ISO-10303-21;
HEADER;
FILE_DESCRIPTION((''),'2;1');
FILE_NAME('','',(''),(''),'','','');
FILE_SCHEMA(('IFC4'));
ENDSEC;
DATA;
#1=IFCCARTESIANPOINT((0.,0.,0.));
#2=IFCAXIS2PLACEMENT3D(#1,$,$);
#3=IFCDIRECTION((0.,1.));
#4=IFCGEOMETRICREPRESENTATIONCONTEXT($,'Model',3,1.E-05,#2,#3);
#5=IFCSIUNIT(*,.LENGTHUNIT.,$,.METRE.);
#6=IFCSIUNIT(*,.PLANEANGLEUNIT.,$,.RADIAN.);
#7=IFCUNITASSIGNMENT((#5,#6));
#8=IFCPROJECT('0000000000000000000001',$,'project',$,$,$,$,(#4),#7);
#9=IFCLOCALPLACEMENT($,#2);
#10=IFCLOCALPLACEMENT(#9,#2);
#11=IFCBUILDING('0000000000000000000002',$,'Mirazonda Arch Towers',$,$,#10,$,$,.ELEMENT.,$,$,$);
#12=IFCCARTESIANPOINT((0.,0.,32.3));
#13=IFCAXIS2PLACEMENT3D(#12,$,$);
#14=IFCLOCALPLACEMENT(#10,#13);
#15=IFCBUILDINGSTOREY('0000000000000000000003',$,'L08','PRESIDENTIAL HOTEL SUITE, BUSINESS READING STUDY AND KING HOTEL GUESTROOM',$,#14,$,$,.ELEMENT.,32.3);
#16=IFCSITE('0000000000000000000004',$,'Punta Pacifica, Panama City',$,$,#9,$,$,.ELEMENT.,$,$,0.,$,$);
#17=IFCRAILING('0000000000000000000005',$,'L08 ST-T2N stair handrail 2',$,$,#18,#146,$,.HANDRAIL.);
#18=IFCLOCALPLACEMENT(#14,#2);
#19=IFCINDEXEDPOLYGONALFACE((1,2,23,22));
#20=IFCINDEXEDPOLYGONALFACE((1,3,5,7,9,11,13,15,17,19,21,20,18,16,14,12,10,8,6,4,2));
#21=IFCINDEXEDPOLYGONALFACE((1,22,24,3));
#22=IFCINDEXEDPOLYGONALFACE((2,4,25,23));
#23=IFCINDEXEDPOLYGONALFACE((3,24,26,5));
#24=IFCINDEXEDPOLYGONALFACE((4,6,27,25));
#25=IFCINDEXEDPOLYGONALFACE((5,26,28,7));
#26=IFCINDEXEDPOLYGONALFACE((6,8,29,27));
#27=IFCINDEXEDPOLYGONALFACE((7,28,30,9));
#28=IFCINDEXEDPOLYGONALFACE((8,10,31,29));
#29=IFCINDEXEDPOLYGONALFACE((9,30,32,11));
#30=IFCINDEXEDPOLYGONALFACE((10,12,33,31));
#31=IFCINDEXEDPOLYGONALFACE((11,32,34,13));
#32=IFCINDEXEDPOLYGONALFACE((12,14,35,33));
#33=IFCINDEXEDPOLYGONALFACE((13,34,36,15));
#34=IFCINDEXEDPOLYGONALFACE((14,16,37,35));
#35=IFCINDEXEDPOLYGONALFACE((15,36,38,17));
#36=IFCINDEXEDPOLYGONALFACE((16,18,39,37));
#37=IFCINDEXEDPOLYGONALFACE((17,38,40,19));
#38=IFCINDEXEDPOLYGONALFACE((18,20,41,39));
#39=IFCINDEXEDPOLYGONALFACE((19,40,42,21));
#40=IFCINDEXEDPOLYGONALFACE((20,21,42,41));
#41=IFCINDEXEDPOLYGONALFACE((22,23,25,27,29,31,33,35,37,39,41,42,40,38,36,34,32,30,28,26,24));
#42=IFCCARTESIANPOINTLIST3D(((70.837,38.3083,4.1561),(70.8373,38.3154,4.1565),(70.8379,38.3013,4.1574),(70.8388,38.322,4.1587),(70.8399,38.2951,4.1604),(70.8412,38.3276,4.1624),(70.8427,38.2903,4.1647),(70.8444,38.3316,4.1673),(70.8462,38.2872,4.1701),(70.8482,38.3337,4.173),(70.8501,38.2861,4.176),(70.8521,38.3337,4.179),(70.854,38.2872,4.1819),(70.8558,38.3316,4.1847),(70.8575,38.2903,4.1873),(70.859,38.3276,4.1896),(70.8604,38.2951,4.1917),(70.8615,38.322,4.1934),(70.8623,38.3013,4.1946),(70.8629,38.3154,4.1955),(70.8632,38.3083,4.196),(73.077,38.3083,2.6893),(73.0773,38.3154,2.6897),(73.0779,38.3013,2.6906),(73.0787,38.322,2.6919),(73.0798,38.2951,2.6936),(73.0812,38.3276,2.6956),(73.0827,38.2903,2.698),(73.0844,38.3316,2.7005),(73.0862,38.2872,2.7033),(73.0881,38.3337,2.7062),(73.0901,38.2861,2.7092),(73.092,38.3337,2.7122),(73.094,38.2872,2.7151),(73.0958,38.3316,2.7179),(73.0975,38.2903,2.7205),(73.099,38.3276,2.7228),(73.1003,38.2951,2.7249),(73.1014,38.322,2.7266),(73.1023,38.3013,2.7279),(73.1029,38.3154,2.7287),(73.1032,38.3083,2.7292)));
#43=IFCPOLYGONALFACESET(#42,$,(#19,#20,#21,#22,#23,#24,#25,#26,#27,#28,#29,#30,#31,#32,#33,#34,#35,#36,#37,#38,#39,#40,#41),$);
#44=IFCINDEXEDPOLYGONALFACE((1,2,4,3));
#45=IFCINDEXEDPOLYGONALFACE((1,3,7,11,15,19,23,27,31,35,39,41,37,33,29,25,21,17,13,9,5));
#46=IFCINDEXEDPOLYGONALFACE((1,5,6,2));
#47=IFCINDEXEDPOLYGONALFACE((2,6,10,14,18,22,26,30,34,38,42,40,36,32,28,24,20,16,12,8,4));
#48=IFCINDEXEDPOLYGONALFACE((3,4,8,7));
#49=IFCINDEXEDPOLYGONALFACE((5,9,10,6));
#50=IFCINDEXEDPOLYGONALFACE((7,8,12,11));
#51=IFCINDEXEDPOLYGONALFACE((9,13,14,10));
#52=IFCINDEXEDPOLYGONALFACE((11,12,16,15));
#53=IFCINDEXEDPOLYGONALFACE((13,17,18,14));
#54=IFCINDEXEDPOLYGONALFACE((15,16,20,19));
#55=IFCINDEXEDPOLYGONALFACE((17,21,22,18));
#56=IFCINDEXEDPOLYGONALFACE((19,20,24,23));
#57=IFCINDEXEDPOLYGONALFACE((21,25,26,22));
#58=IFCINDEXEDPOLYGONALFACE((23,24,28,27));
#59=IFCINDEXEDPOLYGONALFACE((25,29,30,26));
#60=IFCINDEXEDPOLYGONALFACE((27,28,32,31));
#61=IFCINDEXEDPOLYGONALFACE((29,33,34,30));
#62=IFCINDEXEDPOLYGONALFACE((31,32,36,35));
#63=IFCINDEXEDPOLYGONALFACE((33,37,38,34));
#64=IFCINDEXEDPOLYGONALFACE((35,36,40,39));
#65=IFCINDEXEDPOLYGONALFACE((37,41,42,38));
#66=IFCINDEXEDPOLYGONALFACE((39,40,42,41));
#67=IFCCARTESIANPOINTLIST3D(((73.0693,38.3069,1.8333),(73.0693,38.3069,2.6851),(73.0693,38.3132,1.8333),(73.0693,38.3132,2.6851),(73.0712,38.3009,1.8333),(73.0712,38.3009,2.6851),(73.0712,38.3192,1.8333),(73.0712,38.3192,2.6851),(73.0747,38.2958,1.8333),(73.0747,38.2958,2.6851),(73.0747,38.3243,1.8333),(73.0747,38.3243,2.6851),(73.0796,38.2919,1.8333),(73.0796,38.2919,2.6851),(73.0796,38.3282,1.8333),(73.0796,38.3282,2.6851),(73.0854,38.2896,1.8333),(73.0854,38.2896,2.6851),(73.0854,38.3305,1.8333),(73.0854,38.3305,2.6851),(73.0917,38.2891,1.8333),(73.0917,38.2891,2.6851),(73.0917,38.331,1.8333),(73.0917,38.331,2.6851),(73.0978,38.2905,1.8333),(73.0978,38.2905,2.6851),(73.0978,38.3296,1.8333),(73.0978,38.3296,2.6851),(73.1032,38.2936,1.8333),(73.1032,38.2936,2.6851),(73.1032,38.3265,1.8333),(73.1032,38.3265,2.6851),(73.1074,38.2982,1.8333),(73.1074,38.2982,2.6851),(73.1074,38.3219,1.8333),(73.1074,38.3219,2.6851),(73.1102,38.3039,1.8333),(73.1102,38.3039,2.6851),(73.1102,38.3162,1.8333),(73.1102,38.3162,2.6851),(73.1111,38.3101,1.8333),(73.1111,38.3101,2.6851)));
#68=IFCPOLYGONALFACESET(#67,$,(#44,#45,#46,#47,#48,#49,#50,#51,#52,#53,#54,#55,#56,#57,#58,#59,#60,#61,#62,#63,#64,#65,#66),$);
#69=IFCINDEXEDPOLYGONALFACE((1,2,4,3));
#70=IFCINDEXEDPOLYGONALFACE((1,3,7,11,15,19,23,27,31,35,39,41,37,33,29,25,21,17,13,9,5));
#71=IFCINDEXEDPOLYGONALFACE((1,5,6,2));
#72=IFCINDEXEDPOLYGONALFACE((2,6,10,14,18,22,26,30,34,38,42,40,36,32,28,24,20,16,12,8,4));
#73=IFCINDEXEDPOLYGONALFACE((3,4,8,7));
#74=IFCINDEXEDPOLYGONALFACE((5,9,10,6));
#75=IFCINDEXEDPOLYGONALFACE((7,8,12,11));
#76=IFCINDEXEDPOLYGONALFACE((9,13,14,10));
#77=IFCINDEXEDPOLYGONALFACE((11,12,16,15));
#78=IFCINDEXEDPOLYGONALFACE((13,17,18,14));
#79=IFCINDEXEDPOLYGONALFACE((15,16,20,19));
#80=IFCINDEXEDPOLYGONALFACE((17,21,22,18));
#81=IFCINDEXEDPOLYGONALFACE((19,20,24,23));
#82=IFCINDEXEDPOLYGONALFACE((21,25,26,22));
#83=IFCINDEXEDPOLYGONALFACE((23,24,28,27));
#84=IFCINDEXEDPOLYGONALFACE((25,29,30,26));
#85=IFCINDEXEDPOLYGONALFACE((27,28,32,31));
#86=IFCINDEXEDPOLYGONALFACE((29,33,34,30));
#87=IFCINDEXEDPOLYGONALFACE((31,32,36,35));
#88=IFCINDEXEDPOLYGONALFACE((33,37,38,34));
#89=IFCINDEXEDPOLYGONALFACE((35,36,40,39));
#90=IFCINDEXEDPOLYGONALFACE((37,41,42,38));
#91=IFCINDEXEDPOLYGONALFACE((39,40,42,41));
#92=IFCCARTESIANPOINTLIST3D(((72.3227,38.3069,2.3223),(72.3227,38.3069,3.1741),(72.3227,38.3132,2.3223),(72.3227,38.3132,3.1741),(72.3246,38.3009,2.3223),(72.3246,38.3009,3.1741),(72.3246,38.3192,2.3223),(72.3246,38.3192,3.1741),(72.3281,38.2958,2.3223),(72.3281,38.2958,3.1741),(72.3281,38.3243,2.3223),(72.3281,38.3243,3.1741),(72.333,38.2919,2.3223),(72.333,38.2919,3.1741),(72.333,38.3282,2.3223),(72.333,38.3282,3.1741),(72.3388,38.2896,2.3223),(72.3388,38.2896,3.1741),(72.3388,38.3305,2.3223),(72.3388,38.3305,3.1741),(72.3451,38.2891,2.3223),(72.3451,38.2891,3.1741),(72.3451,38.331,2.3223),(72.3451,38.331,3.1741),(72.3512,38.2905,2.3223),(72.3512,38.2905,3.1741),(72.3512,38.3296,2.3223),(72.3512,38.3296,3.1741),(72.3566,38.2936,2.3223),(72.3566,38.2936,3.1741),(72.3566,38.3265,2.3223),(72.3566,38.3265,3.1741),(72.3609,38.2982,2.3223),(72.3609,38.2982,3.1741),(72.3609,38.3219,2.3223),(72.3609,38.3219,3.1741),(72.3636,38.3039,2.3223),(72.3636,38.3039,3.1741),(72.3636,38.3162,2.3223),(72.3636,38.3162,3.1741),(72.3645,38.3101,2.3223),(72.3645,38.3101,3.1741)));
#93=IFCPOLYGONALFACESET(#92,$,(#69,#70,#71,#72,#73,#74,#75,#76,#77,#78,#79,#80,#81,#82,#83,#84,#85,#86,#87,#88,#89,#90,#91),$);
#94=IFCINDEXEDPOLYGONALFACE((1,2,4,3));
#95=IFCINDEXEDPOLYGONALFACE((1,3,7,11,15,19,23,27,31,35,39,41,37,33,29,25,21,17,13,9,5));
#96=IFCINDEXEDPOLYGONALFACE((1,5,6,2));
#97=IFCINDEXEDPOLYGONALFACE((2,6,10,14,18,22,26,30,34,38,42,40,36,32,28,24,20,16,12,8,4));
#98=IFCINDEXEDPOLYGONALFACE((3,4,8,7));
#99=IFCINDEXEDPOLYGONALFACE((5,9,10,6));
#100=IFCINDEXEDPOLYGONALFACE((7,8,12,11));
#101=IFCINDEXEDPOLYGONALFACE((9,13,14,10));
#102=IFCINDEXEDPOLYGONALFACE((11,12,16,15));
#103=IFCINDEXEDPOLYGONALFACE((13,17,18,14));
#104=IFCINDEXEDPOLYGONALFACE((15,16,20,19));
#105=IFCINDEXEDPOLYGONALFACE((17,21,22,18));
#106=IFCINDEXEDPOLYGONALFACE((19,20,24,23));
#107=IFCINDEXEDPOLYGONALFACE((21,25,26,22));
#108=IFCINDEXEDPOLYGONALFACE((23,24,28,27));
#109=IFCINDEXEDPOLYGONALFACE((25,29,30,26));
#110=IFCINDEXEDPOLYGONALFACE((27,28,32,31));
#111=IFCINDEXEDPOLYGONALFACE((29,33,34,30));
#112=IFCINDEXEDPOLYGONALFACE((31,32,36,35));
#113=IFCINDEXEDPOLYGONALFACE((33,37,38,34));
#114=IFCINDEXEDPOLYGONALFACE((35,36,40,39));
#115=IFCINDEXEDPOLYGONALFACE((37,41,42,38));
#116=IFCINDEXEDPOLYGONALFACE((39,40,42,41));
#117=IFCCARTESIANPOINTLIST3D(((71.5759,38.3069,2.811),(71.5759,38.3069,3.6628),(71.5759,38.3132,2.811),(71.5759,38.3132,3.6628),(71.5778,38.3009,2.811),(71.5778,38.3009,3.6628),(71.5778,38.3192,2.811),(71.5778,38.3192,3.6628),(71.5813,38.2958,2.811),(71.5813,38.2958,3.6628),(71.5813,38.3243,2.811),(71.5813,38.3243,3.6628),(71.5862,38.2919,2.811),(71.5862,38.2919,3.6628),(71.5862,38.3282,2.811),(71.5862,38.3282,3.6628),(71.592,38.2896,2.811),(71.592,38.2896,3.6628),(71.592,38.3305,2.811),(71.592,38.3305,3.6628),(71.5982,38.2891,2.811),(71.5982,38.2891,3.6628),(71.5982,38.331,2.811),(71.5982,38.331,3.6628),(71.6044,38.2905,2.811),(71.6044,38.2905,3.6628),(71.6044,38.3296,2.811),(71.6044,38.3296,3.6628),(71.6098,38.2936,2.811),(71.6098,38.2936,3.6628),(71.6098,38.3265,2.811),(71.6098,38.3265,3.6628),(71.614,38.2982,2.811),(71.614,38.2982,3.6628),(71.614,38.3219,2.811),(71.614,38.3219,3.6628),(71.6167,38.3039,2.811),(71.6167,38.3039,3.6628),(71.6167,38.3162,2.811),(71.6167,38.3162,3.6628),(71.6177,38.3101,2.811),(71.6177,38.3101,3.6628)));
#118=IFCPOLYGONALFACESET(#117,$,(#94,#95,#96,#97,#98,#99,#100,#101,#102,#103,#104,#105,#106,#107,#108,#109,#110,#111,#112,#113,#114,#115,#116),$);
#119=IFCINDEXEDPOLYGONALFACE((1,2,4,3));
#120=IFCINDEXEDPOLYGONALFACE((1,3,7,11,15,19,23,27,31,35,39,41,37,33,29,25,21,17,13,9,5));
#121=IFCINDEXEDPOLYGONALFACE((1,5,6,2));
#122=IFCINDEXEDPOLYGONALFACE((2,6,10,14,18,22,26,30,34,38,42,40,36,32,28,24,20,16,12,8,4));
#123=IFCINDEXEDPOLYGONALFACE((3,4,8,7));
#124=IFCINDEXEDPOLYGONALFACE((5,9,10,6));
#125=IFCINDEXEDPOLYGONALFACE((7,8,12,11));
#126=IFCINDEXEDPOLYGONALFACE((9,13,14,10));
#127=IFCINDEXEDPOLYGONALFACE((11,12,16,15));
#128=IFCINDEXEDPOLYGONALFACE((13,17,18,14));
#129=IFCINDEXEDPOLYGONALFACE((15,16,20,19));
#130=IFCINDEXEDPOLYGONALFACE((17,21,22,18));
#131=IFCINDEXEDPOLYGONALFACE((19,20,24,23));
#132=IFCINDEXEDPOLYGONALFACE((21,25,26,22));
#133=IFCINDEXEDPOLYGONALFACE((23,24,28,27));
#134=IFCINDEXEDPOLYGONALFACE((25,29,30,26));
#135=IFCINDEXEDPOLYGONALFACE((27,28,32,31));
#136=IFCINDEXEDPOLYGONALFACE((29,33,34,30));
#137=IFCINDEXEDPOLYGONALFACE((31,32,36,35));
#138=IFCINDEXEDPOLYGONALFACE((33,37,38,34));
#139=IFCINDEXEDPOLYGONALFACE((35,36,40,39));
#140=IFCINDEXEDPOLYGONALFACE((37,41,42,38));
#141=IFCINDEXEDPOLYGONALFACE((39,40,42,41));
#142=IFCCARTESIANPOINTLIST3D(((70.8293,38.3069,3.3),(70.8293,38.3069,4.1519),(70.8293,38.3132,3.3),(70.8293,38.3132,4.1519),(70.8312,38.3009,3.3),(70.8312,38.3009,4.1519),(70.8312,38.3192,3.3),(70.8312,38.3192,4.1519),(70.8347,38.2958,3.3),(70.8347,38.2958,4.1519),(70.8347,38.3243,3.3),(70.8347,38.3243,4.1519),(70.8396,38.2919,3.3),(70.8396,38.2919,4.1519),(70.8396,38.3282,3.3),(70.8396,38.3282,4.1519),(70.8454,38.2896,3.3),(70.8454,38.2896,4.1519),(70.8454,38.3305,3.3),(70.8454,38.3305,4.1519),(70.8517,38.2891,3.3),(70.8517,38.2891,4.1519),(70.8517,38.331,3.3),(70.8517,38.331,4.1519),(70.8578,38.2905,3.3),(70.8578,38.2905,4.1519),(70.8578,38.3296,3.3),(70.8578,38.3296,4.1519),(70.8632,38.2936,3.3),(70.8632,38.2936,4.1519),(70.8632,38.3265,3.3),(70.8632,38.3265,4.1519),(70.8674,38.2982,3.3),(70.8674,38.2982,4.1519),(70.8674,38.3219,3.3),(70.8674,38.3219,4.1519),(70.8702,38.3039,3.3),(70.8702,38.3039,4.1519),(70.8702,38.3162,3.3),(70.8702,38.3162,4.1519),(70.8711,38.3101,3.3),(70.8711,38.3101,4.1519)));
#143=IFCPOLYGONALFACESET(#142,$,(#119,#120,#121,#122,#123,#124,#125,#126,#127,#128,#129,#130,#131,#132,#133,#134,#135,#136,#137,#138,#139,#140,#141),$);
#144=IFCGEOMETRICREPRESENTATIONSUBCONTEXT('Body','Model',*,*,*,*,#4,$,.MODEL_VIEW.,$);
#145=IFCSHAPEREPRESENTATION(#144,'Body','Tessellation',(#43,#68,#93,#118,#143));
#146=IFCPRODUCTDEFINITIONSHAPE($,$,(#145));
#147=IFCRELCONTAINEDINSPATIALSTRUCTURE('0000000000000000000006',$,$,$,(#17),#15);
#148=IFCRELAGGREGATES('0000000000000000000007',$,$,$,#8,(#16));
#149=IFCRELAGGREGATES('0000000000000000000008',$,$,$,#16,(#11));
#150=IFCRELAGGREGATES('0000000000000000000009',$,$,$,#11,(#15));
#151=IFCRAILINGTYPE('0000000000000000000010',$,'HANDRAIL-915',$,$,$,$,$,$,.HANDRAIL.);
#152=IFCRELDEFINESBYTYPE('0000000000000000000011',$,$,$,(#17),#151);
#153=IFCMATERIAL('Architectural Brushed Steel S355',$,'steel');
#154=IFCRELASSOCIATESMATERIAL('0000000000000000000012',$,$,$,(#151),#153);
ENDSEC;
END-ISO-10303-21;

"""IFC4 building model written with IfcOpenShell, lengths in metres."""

from ifc_helpers import new_model, si_unit, direction, frame, origin, origin_2d, place, context, subcontext, project, spatial, circle, extrude, material, type_object, element, save


model = new_model("IFC4")

# Units and contexts
model_context = context("Model", 3, precision=1e-05, world=origin(), true_north=direction((0.0, 1.0)))
body_context = subcontext(model_context, "Body", "Model", "MODEL_VIEW")
ifc_project = project(units=[si_unit("LENGTHUNIT", "METRE"), si_unit("PLANEANGLEUNIT", "RADIAN")], contexts=[model_context])

# Site, building, storey
site_placement = place(None, origin())
site = spatial("IfcSite", under=ifc_project, at=site_placement, Name="Punta Pacifica, Panama City", CompositionType="ELEMENT", RefElevation=0.0)
building_placement = place(site_placement, origin())
building = spatial("IfcBuilding", under=site, at=building_placement, Name="Mirazonda Arch Towers", CompositionType="ELEMENT")
storey_placement = place(building_placement, frame((0.0, 0.0, 32.3)))
storey = spatial("IfcBuildingStorey", under=building, at=storey_placement, Name="L08", Description="PRESIDENTIAL HOTEL SUITE, BUSINESS READING STUDY AND KING HOTEL GUESTROOM", CompositionType="ELEMENT", Elevation=32.3)

# Railing
ifc_material_1 = material(Name="Architectural Brushed Steel S355", Category="steel")
railing_type_1 = type_object("IfcRailingType", Name="HANDRAIL-915", PredefinedType="HANDRAIL", material=ifc_material_1)
railing_1_placement = place(storey_placement, frame((73.0901, 38.3101, 1.8333)))
element("IfcRailing", 1, at=railing_1_placement, inside=storey, type_object=railing_type_1, Name="L08 ST-T2N stair handrail 2", PredefinedType="HANDRAIL", context=body_context, shape_type="SweptSolid", body=[
    extrude(circle(Radius=0.0239, at=origin_2d()), frame((0.0, 0.0, 0.876), z_axis=(-0.836595, 0.0, 0.547822), x_axis=(0.0, -1.0, 0.0)), (0.0, 0.0, 1.0), 2.6775),
    extrude(circle(Radius=0.021, at=origin_2d()), origin(), (0.0, 0.0, 1.0), 0.8518),
    extrude(circle(Radius=0.021, at=origin_2d()), frame((-0.7466, 0.0, 0.489)), (0.0, 0.0, 1.0), 0.8518),
    extrude(circle(Radius=0.021, at=origin_2d()), frame((-1.4934, 0.0, 0.9778)), (0.0, 0.0, 1.0), 0.8518),
    extrude(circle(Radius=0.021, at=origin_2d()), frame((-2.24, 0.0, 1.4668)), (0.0, 0.0, 1.0), 0.8518),
])

save(model, "model.ifc")
